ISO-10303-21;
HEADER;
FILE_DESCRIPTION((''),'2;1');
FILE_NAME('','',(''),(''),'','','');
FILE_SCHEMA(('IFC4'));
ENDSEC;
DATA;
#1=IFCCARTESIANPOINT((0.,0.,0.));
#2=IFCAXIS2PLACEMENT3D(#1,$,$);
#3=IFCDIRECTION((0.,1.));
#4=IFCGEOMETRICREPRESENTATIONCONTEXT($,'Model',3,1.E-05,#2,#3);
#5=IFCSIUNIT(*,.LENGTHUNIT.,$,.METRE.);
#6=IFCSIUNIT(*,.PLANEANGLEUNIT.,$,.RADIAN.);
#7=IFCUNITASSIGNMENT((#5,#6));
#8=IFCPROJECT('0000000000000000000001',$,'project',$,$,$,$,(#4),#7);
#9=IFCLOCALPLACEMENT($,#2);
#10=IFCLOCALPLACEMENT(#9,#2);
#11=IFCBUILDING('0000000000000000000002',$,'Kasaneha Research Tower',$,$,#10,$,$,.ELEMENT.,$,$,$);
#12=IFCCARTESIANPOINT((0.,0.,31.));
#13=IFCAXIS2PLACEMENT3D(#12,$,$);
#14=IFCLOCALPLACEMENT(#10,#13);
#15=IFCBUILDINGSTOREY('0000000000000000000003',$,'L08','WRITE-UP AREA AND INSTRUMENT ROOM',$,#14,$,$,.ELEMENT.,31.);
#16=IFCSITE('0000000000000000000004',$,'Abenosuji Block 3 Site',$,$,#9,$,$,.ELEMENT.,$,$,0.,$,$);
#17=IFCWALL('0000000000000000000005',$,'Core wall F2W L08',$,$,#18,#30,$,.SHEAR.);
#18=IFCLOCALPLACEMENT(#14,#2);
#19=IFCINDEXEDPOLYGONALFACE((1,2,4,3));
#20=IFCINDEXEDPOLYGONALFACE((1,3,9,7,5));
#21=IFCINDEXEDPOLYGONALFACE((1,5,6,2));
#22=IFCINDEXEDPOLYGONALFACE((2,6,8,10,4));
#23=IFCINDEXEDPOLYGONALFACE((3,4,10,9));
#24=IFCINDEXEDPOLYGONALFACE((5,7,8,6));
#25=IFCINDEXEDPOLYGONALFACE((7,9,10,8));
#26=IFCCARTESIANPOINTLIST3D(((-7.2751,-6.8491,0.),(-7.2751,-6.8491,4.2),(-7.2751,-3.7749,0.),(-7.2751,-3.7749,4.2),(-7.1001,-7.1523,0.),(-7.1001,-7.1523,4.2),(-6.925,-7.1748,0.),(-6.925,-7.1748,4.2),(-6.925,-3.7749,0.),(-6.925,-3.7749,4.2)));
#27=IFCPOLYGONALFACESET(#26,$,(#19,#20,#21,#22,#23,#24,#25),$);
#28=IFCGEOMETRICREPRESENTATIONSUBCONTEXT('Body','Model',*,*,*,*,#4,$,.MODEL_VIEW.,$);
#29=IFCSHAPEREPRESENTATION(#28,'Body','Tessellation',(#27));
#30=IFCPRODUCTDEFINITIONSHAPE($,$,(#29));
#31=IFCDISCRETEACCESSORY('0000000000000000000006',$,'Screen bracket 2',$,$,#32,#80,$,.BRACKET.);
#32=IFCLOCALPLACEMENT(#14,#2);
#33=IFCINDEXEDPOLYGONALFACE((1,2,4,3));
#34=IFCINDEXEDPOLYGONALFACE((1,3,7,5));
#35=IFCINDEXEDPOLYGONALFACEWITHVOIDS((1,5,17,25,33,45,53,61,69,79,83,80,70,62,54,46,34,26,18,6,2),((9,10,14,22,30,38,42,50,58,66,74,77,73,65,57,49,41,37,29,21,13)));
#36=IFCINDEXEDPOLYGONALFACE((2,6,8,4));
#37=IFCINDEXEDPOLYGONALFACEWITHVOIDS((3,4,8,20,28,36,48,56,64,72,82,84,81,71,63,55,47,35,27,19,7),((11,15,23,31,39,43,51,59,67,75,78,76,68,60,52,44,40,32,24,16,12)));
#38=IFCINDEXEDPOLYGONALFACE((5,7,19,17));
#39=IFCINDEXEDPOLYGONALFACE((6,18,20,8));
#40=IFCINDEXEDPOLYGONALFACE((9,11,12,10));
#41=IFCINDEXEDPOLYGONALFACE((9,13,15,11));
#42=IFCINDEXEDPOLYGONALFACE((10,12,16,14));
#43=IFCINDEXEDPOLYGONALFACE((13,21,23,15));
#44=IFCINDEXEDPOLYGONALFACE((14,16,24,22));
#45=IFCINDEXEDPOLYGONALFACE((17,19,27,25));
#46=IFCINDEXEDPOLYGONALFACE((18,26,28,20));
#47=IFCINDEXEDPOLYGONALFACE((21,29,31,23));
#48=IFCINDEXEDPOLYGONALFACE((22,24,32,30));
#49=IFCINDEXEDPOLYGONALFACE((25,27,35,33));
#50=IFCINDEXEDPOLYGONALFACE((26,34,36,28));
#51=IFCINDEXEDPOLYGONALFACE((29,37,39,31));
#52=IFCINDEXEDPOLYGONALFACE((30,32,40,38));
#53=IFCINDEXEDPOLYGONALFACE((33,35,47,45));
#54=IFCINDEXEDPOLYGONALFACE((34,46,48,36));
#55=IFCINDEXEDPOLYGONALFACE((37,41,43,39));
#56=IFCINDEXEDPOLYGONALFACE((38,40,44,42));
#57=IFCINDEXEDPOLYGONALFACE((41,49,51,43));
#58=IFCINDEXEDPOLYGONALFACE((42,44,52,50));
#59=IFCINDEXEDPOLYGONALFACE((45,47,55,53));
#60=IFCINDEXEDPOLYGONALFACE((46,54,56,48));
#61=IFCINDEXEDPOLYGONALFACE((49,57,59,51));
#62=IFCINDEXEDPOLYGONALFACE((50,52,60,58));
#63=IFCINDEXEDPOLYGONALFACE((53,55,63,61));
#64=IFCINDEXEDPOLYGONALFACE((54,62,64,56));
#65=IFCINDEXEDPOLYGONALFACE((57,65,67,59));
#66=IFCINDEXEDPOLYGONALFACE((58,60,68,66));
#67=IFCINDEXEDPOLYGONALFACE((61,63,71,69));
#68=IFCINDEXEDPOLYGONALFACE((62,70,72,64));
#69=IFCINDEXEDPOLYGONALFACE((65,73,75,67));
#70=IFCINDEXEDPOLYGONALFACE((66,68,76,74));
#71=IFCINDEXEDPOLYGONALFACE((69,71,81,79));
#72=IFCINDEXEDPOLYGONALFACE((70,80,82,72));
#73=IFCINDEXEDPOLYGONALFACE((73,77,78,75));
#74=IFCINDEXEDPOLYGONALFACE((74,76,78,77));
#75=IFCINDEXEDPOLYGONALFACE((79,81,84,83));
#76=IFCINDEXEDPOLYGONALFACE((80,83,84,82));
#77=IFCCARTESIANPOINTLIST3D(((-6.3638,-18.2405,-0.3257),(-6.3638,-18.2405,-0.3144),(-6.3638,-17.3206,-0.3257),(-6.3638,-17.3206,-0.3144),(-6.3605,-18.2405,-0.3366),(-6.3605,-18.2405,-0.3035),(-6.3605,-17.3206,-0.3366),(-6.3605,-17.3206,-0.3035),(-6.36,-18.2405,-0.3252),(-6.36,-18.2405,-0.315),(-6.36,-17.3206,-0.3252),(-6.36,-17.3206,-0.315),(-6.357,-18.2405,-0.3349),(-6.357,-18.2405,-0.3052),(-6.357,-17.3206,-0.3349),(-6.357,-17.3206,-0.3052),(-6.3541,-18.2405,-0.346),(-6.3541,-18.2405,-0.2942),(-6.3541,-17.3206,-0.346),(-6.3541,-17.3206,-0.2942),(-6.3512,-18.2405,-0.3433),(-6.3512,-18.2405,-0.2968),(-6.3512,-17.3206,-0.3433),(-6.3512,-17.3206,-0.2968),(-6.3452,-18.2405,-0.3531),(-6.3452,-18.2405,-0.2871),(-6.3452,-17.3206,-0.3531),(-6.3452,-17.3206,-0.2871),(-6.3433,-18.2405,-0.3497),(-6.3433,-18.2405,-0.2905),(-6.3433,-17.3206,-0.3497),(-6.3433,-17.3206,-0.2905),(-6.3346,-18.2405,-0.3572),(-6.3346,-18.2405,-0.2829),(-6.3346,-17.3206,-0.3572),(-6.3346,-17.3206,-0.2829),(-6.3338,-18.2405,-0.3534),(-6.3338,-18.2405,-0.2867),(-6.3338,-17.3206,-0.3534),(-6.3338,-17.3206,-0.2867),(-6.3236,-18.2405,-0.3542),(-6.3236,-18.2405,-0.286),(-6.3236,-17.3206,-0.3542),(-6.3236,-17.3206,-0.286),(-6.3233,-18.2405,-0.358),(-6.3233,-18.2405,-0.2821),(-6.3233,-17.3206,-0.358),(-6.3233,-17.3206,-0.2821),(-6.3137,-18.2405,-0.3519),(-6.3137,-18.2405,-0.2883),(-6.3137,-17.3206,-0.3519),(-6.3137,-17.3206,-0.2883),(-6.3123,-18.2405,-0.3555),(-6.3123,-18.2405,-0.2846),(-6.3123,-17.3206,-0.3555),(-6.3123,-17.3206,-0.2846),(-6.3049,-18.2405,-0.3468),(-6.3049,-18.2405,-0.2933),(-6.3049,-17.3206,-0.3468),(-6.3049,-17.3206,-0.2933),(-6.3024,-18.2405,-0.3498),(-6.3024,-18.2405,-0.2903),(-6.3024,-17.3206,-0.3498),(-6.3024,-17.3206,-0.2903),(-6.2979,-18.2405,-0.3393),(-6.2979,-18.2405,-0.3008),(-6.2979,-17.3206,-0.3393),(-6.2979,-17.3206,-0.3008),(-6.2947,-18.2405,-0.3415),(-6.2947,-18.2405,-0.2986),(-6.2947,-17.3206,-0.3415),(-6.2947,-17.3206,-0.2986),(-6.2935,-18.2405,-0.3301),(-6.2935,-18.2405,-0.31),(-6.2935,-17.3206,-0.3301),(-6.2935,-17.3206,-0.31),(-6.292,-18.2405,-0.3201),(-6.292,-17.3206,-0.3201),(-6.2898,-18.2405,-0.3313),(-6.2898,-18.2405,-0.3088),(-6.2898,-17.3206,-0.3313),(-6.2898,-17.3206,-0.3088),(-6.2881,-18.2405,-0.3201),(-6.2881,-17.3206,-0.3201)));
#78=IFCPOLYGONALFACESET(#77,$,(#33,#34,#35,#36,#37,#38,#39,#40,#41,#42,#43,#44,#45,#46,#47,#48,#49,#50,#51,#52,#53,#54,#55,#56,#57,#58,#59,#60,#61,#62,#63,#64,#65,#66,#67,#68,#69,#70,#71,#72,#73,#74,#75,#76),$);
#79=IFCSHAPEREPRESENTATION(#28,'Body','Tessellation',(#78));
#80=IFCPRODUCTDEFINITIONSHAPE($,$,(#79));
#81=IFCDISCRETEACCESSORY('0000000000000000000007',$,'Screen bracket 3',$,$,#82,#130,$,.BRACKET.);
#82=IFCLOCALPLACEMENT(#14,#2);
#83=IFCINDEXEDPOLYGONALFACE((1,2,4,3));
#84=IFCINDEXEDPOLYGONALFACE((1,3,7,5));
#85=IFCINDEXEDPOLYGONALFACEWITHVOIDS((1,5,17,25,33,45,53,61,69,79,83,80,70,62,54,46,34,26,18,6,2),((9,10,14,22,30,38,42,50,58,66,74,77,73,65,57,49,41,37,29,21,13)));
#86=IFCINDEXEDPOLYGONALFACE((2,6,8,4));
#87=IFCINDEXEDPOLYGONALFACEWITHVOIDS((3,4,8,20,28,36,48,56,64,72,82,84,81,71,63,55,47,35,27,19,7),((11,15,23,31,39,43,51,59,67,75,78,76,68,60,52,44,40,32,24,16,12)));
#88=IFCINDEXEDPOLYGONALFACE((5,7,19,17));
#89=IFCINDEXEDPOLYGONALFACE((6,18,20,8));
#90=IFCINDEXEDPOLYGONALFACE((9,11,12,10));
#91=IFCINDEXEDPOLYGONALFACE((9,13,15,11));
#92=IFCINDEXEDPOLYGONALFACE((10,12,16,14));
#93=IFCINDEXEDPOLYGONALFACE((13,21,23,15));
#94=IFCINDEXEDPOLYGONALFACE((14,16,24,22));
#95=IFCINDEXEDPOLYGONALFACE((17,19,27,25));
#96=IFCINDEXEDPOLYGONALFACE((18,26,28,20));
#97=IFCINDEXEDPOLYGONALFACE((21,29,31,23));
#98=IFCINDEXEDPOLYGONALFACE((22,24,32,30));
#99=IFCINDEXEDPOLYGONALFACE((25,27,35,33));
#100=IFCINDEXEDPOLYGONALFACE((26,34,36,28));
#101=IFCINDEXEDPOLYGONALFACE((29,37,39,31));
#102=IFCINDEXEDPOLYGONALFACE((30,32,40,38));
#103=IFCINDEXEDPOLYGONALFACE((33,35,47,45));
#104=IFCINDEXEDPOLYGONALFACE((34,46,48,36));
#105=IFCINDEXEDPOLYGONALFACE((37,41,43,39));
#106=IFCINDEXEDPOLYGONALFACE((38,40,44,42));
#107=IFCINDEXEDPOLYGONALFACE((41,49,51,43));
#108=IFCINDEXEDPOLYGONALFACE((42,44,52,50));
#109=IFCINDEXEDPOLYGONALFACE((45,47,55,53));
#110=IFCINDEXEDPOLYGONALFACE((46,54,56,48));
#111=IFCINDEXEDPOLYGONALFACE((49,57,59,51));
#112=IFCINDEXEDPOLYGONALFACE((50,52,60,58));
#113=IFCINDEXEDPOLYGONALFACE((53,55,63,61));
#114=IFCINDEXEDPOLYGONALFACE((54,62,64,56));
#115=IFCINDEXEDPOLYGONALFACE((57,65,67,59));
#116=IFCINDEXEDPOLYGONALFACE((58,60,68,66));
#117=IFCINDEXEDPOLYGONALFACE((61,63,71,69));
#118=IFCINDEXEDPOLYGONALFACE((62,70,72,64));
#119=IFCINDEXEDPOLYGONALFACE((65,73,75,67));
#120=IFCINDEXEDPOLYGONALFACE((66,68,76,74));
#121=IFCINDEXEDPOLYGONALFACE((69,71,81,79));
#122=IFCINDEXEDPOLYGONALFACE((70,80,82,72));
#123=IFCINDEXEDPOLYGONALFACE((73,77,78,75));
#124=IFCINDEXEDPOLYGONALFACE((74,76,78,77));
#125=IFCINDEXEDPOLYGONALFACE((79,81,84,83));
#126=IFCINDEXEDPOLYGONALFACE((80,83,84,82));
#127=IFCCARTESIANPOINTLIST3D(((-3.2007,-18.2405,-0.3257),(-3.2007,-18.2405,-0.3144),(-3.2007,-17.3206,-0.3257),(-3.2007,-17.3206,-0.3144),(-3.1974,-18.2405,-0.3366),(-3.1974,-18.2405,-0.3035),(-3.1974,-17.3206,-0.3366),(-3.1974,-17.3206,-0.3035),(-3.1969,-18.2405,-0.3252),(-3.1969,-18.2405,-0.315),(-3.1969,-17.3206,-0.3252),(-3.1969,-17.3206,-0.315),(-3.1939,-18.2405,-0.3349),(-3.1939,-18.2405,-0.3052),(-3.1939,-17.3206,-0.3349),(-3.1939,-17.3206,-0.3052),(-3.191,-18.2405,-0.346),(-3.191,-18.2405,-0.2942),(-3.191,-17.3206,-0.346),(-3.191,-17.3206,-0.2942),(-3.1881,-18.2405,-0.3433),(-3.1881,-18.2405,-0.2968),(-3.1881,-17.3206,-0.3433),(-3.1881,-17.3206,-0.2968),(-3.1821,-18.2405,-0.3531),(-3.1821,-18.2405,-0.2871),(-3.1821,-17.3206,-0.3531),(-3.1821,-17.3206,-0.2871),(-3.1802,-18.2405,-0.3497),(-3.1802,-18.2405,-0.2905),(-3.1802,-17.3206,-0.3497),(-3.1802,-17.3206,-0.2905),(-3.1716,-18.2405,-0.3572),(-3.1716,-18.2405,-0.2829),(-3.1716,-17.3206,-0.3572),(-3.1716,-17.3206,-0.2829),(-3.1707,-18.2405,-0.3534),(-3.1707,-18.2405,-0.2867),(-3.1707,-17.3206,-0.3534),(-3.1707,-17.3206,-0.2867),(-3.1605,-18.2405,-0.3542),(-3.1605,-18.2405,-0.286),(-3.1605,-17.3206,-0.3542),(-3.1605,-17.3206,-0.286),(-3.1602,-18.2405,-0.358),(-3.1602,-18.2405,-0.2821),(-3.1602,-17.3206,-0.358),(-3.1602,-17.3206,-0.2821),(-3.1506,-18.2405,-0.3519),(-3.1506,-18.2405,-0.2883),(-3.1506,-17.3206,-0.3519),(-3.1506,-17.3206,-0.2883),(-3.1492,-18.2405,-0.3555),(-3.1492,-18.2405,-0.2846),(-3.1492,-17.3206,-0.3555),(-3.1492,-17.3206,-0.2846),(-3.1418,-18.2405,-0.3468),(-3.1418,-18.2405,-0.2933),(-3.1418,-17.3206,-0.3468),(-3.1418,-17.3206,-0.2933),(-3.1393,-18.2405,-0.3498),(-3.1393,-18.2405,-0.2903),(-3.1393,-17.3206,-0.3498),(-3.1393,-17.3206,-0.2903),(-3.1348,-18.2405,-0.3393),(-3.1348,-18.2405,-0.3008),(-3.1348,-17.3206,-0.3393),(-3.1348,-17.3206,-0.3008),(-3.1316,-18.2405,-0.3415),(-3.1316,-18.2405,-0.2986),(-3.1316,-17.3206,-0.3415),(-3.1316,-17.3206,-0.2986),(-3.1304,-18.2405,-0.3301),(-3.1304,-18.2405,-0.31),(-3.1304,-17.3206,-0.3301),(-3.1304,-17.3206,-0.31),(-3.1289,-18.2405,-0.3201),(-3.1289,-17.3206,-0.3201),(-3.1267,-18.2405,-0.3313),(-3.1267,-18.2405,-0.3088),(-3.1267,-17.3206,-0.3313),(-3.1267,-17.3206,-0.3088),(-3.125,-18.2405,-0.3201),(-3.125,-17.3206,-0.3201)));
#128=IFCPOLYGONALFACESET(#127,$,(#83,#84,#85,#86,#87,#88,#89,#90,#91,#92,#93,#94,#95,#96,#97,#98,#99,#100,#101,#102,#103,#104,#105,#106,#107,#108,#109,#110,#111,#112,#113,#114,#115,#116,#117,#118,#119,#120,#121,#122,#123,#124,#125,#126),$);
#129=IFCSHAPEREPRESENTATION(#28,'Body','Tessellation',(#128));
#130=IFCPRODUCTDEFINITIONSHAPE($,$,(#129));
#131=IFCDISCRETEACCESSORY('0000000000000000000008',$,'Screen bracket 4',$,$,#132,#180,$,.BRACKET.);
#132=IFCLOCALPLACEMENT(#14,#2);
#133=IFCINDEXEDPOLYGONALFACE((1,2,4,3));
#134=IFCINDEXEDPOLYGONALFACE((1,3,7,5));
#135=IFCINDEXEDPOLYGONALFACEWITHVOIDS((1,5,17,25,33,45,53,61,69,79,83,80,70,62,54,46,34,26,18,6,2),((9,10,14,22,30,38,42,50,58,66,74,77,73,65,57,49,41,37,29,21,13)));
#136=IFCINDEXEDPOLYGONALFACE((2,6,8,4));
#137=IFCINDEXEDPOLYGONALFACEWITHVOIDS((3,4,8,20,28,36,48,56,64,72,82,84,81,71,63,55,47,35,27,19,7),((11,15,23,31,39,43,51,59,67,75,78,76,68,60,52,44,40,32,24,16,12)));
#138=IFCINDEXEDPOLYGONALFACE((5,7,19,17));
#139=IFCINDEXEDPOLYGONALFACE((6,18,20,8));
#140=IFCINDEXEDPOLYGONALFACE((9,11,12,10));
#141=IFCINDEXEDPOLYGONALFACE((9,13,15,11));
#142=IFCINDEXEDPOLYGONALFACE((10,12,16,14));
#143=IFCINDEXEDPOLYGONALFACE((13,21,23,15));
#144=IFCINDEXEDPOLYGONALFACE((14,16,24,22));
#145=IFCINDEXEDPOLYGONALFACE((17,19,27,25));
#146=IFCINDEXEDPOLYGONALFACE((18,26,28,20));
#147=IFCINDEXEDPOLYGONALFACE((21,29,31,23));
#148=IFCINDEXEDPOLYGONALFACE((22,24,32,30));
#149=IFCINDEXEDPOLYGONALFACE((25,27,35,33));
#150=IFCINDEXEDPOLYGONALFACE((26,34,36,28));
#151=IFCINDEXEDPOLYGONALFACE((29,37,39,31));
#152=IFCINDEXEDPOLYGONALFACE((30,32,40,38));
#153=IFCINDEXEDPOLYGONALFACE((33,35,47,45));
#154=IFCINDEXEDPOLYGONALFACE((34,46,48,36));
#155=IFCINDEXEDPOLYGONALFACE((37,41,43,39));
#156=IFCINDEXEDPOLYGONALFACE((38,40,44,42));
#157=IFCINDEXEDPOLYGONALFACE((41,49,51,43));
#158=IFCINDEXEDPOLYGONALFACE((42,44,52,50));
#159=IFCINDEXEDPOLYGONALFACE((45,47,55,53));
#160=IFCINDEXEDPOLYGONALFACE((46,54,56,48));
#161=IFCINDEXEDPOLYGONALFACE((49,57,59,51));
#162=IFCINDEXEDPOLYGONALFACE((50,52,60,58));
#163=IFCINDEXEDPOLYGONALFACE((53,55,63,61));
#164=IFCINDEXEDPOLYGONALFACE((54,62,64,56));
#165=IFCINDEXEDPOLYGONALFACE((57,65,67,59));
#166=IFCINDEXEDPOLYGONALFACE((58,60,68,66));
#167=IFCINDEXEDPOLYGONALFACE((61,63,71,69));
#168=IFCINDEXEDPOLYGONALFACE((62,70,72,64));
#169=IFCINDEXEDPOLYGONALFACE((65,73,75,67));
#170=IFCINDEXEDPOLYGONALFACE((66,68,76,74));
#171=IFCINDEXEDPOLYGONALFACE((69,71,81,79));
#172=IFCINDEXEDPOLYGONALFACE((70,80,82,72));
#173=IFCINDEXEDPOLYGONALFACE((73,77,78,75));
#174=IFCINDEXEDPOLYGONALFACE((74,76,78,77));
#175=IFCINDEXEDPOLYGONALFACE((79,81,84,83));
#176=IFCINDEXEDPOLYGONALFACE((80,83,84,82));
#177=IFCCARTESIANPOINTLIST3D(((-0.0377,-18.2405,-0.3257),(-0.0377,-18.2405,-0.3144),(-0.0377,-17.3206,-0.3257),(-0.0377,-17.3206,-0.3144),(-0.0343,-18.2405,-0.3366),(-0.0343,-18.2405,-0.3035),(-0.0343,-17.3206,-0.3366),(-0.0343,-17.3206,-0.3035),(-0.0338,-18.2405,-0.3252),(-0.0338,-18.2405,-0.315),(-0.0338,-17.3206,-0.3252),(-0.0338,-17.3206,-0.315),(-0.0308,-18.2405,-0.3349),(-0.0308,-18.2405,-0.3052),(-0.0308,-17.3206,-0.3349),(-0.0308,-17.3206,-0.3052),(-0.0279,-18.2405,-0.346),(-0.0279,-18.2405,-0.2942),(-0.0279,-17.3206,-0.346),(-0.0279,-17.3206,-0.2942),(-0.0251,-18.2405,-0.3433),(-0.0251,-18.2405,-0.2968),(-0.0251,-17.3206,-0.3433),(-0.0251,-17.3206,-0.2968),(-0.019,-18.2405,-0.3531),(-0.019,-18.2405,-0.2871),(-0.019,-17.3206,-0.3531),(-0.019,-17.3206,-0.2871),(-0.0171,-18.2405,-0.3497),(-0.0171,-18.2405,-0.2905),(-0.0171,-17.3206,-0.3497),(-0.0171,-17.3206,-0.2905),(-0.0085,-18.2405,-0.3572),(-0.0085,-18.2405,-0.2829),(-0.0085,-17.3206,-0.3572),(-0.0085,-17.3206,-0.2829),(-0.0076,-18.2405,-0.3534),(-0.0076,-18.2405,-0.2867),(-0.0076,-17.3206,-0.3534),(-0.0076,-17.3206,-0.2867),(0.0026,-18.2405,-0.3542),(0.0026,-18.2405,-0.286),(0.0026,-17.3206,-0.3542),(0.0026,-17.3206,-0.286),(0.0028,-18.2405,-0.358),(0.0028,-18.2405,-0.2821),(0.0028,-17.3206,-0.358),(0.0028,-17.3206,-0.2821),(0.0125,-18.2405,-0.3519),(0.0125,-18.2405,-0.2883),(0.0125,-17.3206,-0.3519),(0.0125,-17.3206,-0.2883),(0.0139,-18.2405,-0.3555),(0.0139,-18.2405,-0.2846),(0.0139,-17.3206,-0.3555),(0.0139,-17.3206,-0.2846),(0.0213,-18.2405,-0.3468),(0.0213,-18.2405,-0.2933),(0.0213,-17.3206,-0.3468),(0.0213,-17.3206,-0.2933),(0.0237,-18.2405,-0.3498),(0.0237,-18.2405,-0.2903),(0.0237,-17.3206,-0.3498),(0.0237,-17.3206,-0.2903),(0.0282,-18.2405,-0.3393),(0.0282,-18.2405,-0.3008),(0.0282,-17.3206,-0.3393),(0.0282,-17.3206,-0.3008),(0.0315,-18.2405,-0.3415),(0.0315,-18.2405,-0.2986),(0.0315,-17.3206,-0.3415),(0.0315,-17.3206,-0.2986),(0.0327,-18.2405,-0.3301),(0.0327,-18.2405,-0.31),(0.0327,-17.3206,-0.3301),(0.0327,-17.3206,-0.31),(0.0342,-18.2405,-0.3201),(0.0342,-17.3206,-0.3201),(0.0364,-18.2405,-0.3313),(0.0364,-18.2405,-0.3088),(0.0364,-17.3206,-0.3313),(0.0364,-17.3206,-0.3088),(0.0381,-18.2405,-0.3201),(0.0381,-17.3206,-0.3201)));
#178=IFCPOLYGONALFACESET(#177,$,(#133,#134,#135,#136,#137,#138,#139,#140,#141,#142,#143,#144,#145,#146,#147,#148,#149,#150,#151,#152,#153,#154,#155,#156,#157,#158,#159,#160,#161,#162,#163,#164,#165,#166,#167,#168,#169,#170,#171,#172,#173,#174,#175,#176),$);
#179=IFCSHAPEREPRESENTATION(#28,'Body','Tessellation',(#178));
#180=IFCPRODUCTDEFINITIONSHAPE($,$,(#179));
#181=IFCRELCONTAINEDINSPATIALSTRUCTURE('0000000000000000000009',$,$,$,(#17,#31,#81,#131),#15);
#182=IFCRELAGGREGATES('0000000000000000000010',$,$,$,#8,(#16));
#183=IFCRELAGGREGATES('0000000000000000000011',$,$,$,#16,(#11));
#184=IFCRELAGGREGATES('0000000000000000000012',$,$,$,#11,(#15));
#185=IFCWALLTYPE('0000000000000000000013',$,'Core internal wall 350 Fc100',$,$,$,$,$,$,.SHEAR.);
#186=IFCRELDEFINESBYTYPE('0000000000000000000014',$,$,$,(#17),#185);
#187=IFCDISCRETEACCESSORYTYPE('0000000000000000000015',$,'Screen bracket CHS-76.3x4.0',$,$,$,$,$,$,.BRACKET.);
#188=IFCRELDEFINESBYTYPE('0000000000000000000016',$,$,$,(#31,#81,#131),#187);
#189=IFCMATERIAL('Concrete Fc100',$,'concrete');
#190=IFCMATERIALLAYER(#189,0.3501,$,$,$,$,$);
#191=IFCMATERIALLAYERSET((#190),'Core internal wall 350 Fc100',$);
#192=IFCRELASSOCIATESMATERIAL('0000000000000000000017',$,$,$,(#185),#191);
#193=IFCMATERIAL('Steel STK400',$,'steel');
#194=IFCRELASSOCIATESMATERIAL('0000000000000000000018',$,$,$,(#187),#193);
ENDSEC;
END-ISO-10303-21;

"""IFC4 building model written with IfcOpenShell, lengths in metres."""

from ifc_helpers import new_model, si_unit, direction, frame, origin, origin_2d, place, context, subcontext, project, spatial, polyline, hollow_circle, outline, extrude, material, layer, layer_set, material_profile, profile_set, type_object, element, save


model = new_model("IFC4")

# Units and contexts
model_context = context("Model", 3, precision=1e-05, world=origin(), true_north=direction((0.0, 1.0)))
body_context = subcontext(model_context, "Body", "Model", "MODEL_VIEW")
ifc_project = project(units=[si_unit("LENGTHUNIT", "METRE"), si_unit("PLANEANGLEUNIT", "RADIAN")], contexts=[model_context])

# Site, building, storey
site_placement = place(None, origin())
site = spatial("IfcSite", under=ifc_project, at=site_placement, Name="Abenosuji Block 3 Site", CompositionType="ELEMENT", RefElevation=0.0)
building_placement = place(site_placement, origin())
building = spatial("IfcBuilding", under=site, at=building_placement, Name="Kasaneha Research Tower", CompositionType="ELEMENT")
storey_placement = place(building_placement, frame((0.0, 0.0, 31.0)))
storey = spatial("IfcBuildingStorey", under=building, at=storey_placement, Name="L08", Description="WRITE-UP AREA AND INSTRUMENT ROOM", CompositionType="ELEMENT", Elevation=31.0)

# Shared definitions
ifc_material_1 = material(Name="Concrete Fc100", Category="concrete")
ifc_layer_1 = layer(ifc_material_1, 0.3501)
ifc_layer_set_1 = layer_set([ifc_layer_1], Name="Core internal wall 350 Fc100")
wall_type_1 = type_object("IfcWallType", Name="Core internal wall 350 Fc100", PredefinedType="SHEAR", material=ifc_layer_set_1)

# Wall
wall_1_placement = place(storey_placement, frame((-7.1001, -3.7749, 0.0), z_axis=(0.0, 0.0, 1.0), x_axis=(0.0, -1.0, 0.0)))
element("IfcWall", 1, at=wall_1_placement, inside=storey, type_object=wall_type_1, Name="Core wall F2W L08", PredefinedType="SHEAR", context=body_context, shape_type="SweptSolid", body=[
    extrude(outline(polyline([(0.0, -0.175), (3.0742, -0.175), (3.3774, 0.0), (3.3999, 0.175), (0.0, 0.175), (0.0, -0.175)])), origin(), (0.0, 0.0, 1.0), 4.2),
])

# Discrete accessories
ifc_material_2 = material(Name="Steel STK400", Category="steel")
ifc_material_profile_1 = material_profile(ifc_material_2, hollow_circle(Radius=0.0381, WallThickness=0.0039, at=origin_2d()), Name="CHS-76.3x4.0")
ifc_profile_set_1 = profile_set([ifc_material_profile_1], Name="Steel STK400")
discrete_accessory_type = type_object("IfcDiscreteAccessoryType", Name="Screen bracket CHS-76.3x4.0", PredefinedType="BRACKET", material=ifc_profile_set_1)
for number, where, z_axis, x_axis, name in (
    (2, (-6.3262, -17.3206, -0.3201), (0.0, -1.0, 0.0), (1.0, 0.0, 0.0), "Screen bracket 2"),
    (3, (-3.1631, -17.3206, -0.3201), (0.0, -1.0, 0.0), (1.0, 0.0, 0.0), "Screen bracket 3"),
    (4, (0.0, -17.3206, -0.3201), (0.0, -1.0, 0.0), (1.0, 0.0, 0.0), "Screen bracket 4"),
):
    element("IfcDiscreteAccessory", number, at=place(storey_placement, frame(where, z_axis=z_axis, x_axis=x_axis)), inside=storey, type_object=discrete_accessory_type, Name=name, PredefinedType="BRACKET", context=body_context, shape_type="SweptSolid", body=[
        extrude(hollow_circle(Radius=0.0381, WallThickness=0.0039, at=origin_2d()), origin(), (0.0, 0.0, 1.0), 0.9199),
    ])

save(model, "model.ifc")
